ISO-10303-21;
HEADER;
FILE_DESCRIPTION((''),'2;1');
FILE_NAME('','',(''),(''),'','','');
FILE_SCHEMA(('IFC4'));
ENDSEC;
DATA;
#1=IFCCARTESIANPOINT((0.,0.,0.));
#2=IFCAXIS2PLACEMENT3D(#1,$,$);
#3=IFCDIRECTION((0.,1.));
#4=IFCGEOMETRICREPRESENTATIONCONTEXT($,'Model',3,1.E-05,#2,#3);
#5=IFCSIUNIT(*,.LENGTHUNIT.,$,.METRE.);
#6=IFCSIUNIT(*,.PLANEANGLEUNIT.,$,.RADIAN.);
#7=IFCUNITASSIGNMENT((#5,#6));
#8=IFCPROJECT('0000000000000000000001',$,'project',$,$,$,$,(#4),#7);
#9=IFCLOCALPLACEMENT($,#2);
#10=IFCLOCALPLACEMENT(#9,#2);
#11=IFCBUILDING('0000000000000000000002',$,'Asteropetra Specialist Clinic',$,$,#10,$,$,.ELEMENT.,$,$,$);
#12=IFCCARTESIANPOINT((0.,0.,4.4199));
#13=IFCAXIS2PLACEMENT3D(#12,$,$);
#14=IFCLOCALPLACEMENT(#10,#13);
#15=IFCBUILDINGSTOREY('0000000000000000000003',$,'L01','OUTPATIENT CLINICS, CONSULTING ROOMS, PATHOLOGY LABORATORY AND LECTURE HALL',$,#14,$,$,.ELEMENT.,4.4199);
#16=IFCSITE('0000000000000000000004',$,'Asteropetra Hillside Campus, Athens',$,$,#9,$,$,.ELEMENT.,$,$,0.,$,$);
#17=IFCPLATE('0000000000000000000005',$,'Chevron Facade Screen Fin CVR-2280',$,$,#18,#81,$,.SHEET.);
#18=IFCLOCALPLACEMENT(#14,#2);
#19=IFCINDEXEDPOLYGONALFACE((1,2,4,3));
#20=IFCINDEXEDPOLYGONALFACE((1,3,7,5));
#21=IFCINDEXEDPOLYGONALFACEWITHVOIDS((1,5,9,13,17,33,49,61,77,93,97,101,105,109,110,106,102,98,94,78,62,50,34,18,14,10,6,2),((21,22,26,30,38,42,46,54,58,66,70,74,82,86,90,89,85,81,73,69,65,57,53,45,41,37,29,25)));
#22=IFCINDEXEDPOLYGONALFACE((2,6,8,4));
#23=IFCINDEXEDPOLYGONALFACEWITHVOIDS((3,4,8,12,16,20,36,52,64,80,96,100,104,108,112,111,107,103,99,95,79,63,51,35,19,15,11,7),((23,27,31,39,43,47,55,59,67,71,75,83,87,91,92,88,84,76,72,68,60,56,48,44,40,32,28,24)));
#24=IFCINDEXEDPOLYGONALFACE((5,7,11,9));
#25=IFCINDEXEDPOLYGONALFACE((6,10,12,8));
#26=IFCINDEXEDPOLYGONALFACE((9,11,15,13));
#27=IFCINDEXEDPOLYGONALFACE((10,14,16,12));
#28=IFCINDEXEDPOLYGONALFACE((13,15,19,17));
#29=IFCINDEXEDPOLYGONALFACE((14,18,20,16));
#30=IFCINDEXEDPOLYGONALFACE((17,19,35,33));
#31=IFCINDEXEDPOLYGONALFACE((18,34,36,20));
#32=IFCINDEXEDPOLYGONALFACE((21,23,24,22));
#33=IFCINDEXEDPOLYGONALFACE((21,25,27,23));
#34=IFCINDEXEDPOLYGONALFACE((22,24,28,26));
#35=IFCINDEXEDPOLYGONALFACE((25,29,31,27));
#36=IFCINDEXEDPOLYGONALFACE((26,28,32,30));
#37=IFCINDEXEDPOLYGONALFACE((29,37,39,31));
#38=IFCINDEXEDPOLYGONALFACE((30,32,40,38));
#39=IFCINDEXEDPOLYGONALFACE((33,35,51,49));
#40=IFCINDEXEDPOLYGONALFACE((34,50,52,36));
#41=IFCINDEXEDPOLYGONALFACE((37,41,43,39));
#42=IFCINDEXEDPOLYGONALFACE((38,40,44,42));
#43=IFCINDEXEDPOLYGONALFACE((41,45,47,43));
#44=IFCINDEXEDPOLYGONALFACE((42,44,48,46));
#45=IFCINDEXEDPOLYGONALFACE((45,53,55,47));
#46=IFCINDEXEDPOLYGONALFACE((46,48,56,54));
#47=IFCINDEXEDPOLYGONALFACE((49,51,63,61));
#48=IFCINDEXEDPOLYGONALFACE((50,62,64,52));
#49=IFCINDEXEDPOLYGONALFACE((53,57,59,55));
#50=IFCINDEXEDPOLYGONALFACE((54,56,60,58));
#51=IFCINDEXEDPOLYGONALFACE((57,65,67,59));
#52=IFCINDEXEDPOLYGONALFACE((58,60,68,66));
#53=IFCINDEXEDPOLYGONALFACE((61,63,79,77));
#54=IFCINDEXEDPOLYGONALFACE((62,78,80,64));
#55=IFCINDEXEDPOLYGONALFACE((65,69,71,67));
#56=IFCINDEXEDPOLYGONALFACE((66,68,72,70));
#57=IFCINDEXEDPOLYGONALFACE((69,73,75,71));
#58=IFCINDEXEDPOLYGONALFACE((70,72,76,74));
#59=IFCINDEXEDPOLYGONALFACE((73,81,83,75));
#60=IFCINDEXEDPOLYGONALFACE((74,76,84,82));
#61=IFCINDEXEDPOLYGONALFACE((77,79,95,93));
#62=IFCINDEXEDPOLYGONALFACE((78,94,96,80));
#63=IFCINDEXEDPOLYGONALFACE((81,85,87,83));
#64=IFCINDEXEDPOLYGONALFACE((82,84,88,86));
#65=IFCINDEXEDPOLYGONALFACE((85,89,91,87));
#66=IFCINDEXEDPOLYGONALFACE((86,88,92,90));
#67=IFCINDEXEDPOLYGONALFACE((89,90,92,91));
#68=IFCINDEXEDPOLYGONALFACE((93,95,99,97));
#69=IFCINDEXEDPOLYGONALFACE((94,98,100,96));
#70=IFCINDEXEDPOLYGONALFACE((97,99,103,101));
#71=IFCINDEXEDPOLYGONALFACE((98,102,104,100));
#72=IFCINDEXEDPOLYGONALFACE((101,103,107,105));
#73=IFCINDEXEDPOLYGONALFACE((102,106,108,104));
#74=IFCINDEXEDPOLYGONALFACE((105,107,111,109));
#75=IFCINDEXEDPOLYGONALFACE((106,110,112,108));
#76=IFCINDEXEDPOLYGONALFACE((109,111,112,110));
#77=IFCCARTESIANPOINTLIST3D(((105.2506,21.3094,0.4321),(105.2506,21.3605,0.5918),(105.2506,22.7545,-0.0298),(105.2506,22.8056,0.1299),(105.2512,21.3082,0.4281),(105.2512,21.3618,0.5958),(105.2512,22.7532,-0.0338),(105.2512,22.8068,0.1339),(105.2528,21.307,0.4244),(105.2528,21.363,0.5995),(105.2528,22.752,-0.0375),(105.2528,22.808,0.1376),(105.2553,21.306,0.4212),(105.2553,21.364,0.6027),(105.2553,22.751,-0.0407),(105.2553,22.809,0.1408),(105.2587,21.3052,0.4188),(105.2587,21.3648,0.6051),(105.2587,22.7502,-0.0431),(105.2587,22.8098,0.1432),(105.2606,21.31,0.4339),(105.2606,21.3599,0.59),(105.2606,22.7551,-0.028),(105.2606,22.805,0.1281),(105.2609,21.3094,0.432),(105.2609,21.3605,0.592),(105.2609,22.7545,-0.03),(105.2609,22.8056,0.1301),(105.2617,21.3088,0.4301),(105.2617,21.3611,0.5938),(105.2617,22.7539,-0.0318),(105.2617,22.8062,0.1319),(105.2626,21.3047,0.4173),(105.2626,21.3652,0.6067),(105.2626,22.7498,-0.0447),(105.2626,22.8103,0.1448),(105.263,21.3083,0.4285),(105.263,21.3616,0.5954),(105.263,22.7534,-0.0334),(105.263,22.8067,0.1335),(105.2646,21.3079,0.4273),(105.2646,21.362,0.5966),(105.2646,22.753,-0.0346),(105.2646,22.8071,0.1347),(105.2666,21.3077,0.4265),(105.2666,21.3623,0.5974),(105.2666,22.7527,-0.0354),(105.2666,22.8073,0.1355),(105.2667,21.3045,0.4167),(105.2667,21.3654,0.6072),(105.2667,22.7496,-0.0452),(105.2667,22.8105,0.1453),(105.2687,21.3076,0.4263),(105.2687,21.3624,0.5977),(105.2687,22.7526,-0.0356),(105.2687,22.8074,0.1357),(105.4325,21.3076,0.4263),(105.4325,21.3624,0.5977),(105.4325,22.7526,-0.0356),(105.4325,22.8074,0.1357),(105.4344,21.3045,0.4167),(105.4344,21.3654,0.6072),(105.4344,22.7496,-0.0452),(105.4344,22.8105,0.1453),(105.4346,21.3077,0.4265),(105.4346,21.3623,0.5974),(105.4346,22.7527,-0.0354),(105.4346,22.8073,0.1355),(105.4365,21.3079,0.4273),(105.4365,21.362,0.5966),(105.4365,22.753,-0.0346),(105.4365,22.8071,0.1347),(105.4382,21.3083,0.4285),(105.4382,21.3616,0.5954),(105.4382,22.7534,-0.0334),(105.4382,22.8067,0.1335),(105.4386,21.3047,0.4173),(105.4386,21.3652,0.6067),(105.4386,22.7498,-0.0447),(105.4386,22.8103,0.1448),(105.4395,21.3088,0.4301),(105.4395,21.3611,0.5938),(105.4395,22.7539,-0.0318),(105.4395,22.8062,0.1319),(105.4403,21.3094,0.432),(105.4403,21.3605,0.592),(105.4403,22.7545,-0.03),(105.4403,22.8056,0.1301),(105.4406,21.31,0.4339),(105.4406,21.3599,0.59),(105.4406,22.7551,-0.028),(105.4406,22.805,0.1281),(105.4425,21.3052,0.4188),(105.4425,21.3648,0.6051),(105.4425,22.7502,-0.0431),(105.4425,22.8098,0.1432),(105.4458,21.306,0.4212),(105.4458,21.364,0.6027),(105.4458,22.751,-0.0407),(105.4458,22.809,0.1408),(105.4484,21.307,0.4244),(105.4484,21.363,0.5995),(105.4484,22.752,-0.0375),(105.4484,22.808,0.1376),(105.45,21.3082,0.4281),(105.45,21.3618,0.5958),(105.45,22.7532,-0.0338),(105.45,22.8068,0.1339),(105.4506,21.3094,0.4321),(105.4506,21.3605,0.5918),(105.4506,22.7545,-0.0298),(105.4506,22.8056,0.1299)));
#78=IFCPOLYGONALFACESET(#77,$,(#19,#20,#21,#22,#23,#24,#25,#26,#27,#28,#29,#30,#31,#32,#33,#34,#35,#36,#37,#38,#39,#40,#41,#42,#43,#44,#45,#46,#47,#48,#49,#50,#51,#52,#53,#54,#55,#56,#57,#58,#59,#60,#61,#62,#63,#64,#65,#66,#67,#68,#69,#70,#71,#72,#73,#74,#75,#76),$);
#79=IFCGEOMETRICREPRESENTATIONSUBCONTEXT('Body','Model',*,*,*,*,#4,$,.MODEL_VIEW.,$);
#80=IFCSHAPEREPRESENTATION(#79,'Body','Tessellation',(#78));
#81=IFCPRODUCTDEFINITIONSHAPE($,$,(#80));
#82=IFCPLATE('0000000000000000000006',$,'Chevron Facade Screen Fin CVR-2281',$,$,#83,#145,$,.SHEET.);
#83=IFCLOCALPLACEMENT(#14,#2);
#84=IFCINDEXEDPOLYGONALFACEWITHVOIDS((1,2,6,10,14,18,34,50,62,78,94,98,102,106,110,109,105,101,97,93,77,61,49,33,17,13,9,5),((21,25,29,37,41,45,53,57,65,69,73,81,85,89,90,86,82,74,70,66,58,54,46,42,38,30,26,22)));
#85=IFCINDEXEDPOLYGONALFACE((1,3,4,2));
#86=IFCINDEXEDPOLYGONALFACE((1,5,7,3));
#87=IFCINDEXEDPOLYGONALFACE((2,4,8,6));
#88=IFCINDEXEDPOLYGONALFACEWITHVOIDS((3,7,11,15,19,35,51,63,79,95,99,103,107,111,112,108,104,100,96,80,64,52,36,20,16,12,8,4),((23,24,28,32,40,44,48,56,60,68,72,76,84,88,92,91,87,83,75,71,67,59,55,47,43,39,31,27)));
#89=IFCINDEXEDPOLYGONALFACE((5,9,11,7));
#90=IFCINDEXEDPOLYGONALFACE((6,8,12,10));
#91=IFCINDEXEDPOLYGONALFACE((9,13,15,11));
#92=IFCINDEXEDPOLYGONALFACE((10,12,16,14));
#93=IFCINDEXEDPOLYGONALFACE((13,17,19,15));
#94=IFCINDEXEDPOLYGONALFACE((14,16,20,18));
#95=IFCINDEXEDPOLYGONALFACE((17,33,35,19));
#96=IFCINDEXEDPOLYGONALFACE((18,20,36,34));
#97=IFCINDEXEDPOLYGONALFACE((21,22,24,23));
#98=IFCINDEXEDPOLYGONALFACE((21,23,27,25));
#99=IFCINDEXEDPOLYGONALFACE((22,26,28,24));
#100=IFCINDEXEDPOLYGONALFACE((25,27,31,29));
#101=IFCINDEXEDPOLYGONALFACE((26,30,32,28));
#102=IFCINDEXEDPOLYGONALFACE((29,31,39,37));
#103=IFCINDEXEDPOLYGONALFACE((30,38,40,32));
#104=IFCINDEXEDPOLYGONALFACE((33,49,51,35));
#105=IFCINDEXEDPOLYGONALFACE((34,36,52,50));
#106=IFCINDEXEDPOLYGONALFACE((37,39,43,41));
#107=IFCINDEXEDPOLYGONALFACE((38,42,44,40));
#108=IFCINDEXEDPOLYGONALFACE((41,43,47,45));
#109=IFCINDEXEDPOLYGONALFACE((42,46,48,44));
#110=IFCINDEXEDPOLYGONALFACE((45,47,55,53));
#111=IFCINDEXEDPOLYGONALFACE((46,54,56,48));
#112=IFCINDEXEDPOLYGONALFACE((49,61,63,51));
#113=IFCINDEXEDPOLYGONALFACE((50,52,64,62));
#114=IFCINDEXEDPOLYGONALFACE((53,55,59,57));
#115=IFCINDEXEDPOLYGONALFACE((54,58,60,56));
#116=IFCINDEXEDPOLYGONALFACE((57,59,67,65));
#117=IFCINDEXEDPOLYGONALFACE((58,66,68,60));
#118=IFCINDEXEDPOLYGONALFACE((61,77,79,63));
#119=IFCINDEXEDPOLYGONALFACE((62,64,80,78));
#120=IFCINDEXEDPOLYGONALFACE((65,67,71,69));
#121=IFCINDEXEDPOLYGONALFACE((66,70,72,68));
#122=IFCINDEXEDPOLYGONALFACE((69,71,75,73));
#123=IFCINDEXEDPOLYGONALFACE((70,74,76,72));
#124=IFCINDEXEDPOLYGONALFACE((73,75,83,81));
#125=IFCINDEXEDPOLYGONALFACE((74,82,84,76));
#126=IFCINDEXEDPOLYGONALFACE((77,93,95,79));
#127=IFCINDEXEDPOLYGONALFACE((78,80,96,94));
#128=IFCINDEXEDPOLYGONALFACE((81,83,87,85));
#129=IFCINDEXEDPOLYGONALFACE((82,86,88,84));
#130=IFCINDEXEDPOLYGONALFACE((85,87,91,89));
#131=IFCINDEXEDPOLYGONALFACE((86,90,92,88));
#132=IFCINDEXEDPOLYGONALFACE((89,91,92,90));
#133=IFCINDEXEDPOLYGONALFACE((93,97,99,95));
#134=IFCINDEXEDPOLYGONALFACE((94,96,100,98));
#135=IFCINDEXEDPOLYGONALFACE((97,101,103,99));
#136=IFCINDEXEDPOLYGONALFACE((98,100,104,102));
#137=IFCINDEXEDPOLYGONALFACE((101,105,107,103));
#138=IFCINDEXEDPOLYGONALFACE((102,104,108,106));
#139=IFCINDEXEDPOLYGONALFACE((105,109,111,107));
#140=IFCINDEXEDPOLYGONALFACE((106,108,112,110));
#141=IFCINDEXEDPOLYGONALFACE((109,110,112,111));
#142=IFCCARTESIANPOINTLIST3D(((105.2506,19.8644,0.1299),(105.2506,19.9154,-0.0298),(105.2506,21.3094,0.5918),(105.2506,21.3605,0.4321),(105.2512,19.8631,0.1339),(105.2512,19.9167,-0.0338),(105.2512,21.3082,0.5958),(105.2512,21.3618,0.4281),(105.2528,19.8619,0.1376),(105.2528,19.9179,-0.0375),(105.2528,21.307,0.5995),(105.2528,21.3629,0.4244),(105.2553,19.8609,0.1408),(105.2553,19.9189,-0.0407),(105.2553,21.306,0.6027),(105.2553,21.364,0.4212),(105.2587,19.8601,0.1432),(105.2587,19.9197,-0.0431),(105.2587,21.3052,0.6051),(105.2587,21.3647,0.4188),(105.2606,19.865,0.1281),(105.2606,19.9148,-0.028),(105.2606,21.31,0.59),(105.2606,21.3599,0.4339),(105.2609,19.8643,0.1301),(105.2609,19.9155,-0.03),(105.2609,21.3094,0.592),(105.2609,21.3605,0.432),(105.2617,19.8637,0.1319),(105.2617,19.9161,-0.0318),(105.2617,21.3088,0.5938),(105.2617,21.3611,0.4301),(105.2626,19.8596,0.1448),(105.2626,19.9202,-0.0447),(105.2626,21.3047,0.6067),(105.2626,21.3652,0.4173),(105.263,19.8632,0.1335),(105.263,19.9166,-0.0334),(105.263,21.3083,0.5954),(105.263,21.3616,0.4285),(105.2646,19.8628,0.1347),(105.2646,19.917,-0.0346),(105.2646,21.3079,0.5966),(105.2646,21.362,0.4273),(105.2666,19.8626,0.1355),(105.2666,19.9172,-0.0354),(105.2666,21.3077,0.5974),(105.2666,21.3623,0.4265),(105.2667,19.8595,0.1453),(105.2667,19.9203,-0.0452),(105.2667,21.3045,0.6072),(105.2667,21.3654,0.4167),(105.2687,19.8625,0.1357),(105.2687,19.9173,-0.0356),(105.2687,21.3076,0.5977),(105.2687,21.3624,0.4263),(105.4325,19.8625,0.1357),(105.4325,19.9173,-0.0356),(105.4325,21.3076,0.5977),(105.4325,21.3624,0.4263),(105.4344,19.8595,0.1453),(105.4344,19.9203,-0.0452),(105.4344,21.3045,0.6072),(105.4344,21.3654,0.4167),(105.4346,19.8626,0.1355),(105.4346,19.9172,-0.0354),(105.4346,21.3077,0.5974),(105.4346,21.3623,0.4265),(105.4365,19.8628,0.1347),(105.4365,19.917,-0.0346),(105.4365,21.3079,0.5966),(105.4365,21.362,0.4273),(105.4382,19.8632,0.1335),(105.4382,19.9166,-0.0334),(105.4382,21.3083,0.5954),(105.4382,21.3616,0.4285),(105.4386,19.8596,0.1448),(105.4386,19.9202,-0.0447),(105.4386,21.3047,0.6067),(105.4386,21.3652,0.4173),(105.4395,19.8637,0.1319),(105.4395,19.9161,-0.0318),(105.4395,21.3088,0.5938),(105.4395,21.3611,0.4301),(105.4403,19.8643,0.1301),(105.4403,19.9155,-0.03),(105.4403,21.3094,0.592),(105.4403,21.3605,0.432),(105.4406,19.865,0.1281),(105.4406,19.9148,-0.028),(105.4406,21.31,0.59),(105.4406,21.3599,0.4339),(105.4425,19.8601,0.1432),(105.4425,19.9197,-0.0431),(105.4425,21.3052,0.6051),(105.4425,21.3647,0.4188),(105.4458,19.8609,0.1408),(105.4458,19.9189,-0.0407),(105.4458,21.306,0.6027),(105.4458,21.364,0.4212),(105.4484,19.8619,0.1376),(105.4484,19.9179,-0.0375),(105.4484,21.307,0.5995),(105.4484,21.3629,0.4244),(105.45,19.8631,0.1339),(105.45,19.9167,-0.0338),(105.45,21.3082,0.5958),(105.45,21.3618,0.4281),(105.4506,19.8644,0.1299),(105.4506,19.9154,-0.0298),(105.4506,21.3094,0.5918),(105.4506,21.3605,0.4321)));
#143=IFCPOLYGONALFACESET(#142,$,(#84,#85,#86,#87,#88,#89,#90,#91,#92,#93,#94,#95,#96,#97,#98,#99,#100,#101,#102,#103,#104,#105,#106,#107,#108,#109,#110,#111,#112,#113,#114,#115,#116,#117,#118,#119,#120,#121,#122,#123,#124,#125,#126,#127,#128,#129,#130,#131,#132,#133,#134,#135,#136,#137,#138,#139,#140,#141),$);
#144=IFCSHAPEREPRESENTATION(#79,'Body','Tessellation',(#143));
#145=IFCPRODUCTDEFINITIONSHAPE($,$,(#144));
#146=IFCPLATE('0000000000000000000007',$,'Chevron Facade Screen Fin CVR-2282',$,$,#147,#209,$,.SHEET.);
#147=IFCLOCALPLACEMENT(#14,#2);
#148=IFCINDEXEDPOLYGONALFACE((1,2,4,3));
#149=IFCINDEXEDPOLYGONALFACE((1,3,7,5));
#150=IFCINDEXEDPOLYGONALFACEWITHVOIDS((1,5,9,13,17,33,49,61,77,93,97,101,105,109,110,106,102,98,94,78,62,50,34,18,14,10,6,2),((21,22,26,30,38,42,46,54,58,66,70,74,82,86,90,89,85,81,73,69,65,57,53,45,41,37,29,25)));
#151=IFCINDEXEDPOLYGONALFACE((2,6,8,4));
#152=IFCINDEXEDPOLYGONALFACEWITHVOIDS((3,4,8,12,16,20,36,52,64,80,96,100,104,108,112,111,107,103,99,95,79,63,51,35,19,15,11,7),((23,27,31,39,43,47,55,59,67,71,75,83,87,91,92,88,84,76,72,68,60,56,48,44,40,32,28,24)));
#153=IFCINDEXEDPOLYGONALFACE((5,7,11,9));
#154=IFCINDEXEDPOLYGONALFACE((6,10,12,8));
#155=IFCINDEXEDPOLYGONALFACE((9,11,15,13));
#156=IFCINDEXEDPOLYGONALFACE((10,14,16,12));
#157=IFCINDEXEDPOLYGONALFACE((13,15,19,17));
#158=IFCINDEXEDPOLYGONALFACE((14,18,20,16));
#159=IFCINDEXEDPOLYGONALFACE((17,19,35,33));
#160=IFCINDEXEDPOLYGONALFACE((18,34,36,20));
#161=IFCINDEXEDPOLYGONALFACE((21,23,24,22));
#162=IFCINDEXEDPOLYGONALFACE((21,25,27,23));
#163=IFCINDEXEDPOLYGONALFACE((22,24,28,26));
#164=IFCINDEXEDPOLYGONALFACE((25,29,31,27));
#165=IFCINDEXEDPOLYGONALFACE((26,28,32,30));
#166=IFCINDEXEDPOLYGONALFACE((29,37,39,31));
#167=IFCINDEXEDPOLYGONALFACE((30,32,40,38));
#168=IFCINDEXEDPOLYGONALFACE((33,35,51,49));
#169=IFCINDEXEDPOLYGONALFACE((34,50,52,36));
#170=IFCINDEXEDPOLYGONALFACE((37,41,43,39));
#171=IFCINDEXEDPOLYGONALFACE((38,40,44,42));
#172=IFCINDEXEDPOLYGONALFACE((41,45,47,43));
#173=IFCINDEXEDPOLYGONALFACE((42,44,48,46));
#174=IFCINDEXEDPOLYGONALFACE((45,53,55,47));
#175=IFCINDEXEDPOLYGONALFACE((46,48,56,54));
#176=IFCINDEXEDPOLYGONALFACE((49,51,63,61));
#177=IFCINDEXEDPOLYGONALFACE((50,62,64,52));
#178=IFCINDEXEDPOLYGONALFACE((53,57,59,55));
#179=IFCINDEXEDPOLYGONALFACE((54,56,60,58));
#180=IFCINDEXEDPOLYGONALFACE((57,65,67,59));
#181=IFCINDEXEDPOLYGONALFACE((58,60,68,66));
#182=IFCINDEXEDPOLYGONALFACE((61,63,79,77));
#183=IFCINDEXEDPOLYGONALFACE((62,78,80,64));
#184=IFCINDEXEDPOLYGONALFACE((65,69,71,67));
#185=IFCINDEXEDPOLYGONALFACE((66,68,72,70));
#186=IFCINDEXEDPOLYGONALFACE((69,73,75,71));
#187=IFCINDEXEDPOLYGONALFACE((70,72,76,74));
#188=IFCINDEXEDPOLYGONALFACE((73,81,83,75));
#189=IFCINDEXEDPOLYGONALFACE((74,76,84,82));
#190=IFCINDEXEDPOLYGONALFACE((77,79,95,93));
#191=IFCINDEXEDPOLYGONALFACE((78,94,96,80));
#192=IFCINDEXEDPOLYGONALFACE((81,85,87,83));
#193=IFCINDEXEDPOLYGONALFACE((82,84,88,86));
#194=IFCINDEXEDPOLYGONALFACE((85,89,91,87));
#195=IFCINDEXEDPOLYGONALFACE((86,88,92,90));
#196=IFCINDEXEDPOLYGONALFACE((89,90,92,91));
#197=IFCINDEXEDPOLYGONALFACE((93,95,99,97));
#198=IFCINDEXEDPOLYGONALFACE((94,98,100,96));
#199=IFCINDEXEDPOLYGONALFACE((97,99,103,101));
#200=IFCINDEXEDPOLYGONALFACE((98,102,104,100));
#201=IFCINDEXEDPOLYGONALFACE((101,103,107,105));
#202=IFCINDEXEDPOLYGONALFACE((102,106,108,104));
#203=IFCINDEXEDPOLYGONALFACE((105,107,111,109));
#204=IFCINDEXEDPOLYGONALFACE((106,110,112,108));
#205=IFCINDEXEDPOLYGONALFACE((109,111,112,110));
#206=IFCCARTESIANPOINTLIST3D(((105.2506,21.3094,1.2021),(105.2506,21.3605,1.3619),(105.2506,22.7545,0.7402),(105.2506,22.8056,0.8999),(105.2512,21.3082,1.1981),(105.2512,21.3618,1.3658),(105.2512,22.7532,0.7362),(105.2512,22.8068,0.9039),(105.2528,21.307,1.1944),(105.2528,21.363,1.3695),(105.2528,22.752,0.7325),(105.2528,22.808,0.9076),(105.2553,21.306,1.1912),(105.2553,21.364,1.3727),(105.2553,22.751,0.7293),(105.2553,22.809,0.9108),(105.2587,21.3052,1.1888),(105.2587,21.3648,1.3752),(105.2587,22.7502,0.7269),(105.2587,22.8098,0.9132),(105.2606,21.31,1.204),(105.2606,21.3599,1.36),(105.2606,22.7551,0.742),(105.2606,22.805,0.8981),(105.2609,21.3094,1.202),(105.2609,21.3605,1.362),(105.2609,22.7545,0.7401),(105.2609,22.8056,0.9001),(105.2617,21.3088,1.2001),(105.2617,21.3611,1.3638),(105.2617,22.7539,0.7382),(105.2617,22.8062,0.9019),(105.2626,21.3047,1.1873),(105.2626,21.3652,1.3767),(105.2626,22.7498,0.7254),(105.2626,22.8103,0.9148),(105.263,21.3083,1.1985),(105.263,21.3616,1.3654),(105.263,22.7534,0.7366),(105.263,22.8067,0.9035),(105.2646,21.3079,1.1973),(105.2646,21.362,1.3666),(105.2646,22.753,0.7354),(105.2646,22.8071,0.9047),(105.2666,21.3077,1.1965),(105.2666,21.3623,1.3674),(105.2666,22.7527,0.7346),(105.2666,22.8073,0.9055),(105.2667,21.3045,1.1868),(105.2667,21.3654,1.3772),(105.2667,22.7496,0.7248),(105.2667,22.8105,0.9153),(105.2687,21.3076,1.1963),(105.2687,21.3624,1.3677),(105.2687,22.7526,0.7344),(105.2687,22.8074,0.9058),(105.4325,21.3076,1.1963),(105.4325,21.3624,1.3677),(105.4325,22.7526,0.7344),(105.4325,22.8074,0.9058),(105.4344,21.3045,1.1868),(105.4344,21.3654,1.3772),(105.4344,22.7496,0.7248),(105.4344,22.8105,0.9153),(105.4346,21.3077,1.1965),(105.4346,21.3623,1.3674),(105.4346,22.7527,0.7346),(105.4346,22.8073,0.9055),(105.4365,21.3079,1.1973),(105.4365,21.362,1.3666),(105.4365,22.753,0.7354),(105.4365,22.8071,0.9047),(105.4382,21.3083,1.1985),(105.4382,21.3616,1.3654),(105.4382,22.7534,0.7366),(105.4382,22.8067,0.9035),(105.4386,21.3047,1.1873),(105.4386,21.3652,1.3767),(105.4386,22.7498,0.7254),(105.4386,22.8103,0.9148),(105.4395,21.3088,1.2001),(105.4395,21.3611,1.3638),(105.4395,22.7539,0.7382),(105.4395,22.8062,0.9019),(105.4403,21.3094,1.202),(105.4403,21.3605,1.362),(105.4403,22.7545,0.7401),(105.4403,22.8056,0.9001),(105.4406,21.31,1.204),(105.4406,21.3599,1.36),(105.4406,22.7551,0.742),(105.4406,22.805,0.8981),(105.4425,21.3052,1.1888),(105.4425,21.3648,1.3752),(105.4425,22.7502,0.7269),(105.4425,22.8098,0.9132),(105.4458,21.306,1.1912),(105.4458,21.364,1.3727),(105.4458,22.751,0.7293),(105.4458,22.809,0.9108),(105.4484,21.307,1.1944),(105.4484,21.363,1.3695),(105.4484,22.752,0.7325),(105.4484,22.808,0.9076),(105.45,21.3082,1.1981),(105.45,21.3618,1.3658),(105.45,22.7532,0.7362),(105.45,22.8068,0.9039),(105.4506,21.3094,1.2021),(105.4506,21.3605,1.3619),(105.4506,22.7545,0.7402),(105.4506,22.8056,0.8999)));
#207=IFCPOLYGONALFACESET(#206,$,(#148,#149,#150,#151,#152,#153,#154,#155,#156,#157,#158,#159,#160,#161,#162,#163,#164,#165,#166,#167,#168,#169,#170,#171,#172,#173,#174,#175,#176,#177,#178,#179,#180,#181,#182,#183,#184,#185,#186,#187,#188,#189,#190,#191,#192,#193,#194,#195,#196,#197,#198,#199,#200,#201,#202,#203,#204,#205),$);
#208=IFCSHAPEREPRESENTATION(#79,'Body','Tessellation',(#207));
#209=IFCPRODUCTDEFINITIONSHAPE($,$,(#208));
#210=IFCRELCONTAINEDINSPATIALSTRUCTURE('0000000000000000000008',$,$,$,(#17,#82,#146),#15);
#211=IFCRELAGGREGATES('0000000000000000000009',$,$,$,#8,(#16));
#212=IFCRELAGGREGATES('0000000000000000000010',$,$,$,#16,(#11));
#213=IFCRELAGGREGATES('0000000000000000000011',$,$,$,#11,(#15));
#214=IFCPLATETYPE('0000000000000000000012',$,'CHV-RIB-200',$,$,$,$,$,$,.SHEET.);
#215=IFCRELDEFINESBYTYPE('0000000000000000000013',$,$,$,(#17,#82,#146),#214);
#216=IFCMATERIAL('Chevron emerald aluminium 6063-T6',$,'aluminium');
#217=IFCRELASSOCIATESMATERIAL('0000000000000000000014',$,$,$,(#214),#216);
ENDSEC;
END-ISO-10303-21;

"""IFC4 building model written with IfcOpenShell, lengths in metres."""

from ifc_helpers import new_model, si_unit, direction, frame, origin, origin_2d, place, context, subcontext, project, spatial, hollow_rectangle, extrude, material, material_profile, profile_set, type_object, element, save


model = new_model("IFC4")

# Units and contexts
model_context = context("Model", 3, precision=1e-05, world=origin(), true_north=direction((0.0, 1.0)))
body_context = subcontext(model_context, "Body", "Model", "MODEL_VIEW")
ifc_project = project(units=[si_unit("LENGTHUNIT", "METRE"), si_unit("PLANEANGLEUNIT", "RADIAN")], contexts=[model_context])

# Site, building, storey
site_placement = place(None, origin())
site = spatial("IfcSite", under=ifc_project, at=site_placement, Name="Asteropetra Hillside Campus, Athens", CompositionType="ELEMENT", RefElevation=0.0)
building_placement = place(site_placement, origin())
building = spatial("IfcBuilding", under=site, at=building_placement, Name="Asteropetra Specialist Clinic", CompositionType="ELEMENT")
storey_placement = place(building_placement, frame((0.0, 0.0, 4.4199)))
storey = spatial("IfcBuildingStorey", under=building, at=storey_placement, Name="L01", Description="OUTPATIENT CLINICS, CONSULTING ROOMS, PATHOLOGY LABORATORY AND LECTURE HALL", CompositionType="ELEMENT", Elevation=4.4199)

# Plates
ifc_material_1 = material(Name="Chevron emerald aluminium 6063-T6", Category="aluminium")
ifc_material_profile = material_profile(ifc_material_1, hollow_rectangle(XDim=0.2, YDim=0.2, WallThickness=0.01, InnerFilletRadius=0.0081, OuterFilletRadius=0.0161, at=origin_2d()), Name="SHS 200x200x10.0")
ifc_profile_set = profile_set([ifc_material_profile], Name="Chevron emerald aluminium 6063-T6")
plate_type = type_object("IfcPlateType", Name="CHV-RIB-200", PredefinedType="SHEET", material=ifc_profile_set)
for number, where, z_axis, x_axis, name in (
    (1, (105.3506, 22.78, 0.05), (0.0, -0.952521, 0.304472), (1.0, 0.0, 0.0), "Chevron Facade Screen Fin CVR-2280"),
    (2, (105.3506, 21.335, 0.512), (0.0, -0.952521, -0.304472), (1.0, 0.0, 0.0), "Chevron Facade Screen Fin CVR-2281"),
    (3, (105.3506, 22.78, 0.8201), (0.0, -0.952521, 0.304472), (1.0, 0.0, 0.0), "Chevron Facade Screen Fin CVR-2282"),
):
    element("IfcPlate", number, at=place(storey_placement, frame(where, z_axis=z_axis, x_axis=x_axis)), inside=storey, type_object=plate_type, Name=name, PredefinedType="SHEET", context=body_context, shape_type="SweptSolid", body=[
        extrude(hollow_rectangle(XDim=0.2, YDim=0.2, WallThickness=0.01, InnerFilletRadius=0.0081, OuterFilletRadius=0.0161, at=origin_2d()), origin(), (0.0, 0.0, 1.0), 1.5171),
    ])

save(model, "model.ifc")
